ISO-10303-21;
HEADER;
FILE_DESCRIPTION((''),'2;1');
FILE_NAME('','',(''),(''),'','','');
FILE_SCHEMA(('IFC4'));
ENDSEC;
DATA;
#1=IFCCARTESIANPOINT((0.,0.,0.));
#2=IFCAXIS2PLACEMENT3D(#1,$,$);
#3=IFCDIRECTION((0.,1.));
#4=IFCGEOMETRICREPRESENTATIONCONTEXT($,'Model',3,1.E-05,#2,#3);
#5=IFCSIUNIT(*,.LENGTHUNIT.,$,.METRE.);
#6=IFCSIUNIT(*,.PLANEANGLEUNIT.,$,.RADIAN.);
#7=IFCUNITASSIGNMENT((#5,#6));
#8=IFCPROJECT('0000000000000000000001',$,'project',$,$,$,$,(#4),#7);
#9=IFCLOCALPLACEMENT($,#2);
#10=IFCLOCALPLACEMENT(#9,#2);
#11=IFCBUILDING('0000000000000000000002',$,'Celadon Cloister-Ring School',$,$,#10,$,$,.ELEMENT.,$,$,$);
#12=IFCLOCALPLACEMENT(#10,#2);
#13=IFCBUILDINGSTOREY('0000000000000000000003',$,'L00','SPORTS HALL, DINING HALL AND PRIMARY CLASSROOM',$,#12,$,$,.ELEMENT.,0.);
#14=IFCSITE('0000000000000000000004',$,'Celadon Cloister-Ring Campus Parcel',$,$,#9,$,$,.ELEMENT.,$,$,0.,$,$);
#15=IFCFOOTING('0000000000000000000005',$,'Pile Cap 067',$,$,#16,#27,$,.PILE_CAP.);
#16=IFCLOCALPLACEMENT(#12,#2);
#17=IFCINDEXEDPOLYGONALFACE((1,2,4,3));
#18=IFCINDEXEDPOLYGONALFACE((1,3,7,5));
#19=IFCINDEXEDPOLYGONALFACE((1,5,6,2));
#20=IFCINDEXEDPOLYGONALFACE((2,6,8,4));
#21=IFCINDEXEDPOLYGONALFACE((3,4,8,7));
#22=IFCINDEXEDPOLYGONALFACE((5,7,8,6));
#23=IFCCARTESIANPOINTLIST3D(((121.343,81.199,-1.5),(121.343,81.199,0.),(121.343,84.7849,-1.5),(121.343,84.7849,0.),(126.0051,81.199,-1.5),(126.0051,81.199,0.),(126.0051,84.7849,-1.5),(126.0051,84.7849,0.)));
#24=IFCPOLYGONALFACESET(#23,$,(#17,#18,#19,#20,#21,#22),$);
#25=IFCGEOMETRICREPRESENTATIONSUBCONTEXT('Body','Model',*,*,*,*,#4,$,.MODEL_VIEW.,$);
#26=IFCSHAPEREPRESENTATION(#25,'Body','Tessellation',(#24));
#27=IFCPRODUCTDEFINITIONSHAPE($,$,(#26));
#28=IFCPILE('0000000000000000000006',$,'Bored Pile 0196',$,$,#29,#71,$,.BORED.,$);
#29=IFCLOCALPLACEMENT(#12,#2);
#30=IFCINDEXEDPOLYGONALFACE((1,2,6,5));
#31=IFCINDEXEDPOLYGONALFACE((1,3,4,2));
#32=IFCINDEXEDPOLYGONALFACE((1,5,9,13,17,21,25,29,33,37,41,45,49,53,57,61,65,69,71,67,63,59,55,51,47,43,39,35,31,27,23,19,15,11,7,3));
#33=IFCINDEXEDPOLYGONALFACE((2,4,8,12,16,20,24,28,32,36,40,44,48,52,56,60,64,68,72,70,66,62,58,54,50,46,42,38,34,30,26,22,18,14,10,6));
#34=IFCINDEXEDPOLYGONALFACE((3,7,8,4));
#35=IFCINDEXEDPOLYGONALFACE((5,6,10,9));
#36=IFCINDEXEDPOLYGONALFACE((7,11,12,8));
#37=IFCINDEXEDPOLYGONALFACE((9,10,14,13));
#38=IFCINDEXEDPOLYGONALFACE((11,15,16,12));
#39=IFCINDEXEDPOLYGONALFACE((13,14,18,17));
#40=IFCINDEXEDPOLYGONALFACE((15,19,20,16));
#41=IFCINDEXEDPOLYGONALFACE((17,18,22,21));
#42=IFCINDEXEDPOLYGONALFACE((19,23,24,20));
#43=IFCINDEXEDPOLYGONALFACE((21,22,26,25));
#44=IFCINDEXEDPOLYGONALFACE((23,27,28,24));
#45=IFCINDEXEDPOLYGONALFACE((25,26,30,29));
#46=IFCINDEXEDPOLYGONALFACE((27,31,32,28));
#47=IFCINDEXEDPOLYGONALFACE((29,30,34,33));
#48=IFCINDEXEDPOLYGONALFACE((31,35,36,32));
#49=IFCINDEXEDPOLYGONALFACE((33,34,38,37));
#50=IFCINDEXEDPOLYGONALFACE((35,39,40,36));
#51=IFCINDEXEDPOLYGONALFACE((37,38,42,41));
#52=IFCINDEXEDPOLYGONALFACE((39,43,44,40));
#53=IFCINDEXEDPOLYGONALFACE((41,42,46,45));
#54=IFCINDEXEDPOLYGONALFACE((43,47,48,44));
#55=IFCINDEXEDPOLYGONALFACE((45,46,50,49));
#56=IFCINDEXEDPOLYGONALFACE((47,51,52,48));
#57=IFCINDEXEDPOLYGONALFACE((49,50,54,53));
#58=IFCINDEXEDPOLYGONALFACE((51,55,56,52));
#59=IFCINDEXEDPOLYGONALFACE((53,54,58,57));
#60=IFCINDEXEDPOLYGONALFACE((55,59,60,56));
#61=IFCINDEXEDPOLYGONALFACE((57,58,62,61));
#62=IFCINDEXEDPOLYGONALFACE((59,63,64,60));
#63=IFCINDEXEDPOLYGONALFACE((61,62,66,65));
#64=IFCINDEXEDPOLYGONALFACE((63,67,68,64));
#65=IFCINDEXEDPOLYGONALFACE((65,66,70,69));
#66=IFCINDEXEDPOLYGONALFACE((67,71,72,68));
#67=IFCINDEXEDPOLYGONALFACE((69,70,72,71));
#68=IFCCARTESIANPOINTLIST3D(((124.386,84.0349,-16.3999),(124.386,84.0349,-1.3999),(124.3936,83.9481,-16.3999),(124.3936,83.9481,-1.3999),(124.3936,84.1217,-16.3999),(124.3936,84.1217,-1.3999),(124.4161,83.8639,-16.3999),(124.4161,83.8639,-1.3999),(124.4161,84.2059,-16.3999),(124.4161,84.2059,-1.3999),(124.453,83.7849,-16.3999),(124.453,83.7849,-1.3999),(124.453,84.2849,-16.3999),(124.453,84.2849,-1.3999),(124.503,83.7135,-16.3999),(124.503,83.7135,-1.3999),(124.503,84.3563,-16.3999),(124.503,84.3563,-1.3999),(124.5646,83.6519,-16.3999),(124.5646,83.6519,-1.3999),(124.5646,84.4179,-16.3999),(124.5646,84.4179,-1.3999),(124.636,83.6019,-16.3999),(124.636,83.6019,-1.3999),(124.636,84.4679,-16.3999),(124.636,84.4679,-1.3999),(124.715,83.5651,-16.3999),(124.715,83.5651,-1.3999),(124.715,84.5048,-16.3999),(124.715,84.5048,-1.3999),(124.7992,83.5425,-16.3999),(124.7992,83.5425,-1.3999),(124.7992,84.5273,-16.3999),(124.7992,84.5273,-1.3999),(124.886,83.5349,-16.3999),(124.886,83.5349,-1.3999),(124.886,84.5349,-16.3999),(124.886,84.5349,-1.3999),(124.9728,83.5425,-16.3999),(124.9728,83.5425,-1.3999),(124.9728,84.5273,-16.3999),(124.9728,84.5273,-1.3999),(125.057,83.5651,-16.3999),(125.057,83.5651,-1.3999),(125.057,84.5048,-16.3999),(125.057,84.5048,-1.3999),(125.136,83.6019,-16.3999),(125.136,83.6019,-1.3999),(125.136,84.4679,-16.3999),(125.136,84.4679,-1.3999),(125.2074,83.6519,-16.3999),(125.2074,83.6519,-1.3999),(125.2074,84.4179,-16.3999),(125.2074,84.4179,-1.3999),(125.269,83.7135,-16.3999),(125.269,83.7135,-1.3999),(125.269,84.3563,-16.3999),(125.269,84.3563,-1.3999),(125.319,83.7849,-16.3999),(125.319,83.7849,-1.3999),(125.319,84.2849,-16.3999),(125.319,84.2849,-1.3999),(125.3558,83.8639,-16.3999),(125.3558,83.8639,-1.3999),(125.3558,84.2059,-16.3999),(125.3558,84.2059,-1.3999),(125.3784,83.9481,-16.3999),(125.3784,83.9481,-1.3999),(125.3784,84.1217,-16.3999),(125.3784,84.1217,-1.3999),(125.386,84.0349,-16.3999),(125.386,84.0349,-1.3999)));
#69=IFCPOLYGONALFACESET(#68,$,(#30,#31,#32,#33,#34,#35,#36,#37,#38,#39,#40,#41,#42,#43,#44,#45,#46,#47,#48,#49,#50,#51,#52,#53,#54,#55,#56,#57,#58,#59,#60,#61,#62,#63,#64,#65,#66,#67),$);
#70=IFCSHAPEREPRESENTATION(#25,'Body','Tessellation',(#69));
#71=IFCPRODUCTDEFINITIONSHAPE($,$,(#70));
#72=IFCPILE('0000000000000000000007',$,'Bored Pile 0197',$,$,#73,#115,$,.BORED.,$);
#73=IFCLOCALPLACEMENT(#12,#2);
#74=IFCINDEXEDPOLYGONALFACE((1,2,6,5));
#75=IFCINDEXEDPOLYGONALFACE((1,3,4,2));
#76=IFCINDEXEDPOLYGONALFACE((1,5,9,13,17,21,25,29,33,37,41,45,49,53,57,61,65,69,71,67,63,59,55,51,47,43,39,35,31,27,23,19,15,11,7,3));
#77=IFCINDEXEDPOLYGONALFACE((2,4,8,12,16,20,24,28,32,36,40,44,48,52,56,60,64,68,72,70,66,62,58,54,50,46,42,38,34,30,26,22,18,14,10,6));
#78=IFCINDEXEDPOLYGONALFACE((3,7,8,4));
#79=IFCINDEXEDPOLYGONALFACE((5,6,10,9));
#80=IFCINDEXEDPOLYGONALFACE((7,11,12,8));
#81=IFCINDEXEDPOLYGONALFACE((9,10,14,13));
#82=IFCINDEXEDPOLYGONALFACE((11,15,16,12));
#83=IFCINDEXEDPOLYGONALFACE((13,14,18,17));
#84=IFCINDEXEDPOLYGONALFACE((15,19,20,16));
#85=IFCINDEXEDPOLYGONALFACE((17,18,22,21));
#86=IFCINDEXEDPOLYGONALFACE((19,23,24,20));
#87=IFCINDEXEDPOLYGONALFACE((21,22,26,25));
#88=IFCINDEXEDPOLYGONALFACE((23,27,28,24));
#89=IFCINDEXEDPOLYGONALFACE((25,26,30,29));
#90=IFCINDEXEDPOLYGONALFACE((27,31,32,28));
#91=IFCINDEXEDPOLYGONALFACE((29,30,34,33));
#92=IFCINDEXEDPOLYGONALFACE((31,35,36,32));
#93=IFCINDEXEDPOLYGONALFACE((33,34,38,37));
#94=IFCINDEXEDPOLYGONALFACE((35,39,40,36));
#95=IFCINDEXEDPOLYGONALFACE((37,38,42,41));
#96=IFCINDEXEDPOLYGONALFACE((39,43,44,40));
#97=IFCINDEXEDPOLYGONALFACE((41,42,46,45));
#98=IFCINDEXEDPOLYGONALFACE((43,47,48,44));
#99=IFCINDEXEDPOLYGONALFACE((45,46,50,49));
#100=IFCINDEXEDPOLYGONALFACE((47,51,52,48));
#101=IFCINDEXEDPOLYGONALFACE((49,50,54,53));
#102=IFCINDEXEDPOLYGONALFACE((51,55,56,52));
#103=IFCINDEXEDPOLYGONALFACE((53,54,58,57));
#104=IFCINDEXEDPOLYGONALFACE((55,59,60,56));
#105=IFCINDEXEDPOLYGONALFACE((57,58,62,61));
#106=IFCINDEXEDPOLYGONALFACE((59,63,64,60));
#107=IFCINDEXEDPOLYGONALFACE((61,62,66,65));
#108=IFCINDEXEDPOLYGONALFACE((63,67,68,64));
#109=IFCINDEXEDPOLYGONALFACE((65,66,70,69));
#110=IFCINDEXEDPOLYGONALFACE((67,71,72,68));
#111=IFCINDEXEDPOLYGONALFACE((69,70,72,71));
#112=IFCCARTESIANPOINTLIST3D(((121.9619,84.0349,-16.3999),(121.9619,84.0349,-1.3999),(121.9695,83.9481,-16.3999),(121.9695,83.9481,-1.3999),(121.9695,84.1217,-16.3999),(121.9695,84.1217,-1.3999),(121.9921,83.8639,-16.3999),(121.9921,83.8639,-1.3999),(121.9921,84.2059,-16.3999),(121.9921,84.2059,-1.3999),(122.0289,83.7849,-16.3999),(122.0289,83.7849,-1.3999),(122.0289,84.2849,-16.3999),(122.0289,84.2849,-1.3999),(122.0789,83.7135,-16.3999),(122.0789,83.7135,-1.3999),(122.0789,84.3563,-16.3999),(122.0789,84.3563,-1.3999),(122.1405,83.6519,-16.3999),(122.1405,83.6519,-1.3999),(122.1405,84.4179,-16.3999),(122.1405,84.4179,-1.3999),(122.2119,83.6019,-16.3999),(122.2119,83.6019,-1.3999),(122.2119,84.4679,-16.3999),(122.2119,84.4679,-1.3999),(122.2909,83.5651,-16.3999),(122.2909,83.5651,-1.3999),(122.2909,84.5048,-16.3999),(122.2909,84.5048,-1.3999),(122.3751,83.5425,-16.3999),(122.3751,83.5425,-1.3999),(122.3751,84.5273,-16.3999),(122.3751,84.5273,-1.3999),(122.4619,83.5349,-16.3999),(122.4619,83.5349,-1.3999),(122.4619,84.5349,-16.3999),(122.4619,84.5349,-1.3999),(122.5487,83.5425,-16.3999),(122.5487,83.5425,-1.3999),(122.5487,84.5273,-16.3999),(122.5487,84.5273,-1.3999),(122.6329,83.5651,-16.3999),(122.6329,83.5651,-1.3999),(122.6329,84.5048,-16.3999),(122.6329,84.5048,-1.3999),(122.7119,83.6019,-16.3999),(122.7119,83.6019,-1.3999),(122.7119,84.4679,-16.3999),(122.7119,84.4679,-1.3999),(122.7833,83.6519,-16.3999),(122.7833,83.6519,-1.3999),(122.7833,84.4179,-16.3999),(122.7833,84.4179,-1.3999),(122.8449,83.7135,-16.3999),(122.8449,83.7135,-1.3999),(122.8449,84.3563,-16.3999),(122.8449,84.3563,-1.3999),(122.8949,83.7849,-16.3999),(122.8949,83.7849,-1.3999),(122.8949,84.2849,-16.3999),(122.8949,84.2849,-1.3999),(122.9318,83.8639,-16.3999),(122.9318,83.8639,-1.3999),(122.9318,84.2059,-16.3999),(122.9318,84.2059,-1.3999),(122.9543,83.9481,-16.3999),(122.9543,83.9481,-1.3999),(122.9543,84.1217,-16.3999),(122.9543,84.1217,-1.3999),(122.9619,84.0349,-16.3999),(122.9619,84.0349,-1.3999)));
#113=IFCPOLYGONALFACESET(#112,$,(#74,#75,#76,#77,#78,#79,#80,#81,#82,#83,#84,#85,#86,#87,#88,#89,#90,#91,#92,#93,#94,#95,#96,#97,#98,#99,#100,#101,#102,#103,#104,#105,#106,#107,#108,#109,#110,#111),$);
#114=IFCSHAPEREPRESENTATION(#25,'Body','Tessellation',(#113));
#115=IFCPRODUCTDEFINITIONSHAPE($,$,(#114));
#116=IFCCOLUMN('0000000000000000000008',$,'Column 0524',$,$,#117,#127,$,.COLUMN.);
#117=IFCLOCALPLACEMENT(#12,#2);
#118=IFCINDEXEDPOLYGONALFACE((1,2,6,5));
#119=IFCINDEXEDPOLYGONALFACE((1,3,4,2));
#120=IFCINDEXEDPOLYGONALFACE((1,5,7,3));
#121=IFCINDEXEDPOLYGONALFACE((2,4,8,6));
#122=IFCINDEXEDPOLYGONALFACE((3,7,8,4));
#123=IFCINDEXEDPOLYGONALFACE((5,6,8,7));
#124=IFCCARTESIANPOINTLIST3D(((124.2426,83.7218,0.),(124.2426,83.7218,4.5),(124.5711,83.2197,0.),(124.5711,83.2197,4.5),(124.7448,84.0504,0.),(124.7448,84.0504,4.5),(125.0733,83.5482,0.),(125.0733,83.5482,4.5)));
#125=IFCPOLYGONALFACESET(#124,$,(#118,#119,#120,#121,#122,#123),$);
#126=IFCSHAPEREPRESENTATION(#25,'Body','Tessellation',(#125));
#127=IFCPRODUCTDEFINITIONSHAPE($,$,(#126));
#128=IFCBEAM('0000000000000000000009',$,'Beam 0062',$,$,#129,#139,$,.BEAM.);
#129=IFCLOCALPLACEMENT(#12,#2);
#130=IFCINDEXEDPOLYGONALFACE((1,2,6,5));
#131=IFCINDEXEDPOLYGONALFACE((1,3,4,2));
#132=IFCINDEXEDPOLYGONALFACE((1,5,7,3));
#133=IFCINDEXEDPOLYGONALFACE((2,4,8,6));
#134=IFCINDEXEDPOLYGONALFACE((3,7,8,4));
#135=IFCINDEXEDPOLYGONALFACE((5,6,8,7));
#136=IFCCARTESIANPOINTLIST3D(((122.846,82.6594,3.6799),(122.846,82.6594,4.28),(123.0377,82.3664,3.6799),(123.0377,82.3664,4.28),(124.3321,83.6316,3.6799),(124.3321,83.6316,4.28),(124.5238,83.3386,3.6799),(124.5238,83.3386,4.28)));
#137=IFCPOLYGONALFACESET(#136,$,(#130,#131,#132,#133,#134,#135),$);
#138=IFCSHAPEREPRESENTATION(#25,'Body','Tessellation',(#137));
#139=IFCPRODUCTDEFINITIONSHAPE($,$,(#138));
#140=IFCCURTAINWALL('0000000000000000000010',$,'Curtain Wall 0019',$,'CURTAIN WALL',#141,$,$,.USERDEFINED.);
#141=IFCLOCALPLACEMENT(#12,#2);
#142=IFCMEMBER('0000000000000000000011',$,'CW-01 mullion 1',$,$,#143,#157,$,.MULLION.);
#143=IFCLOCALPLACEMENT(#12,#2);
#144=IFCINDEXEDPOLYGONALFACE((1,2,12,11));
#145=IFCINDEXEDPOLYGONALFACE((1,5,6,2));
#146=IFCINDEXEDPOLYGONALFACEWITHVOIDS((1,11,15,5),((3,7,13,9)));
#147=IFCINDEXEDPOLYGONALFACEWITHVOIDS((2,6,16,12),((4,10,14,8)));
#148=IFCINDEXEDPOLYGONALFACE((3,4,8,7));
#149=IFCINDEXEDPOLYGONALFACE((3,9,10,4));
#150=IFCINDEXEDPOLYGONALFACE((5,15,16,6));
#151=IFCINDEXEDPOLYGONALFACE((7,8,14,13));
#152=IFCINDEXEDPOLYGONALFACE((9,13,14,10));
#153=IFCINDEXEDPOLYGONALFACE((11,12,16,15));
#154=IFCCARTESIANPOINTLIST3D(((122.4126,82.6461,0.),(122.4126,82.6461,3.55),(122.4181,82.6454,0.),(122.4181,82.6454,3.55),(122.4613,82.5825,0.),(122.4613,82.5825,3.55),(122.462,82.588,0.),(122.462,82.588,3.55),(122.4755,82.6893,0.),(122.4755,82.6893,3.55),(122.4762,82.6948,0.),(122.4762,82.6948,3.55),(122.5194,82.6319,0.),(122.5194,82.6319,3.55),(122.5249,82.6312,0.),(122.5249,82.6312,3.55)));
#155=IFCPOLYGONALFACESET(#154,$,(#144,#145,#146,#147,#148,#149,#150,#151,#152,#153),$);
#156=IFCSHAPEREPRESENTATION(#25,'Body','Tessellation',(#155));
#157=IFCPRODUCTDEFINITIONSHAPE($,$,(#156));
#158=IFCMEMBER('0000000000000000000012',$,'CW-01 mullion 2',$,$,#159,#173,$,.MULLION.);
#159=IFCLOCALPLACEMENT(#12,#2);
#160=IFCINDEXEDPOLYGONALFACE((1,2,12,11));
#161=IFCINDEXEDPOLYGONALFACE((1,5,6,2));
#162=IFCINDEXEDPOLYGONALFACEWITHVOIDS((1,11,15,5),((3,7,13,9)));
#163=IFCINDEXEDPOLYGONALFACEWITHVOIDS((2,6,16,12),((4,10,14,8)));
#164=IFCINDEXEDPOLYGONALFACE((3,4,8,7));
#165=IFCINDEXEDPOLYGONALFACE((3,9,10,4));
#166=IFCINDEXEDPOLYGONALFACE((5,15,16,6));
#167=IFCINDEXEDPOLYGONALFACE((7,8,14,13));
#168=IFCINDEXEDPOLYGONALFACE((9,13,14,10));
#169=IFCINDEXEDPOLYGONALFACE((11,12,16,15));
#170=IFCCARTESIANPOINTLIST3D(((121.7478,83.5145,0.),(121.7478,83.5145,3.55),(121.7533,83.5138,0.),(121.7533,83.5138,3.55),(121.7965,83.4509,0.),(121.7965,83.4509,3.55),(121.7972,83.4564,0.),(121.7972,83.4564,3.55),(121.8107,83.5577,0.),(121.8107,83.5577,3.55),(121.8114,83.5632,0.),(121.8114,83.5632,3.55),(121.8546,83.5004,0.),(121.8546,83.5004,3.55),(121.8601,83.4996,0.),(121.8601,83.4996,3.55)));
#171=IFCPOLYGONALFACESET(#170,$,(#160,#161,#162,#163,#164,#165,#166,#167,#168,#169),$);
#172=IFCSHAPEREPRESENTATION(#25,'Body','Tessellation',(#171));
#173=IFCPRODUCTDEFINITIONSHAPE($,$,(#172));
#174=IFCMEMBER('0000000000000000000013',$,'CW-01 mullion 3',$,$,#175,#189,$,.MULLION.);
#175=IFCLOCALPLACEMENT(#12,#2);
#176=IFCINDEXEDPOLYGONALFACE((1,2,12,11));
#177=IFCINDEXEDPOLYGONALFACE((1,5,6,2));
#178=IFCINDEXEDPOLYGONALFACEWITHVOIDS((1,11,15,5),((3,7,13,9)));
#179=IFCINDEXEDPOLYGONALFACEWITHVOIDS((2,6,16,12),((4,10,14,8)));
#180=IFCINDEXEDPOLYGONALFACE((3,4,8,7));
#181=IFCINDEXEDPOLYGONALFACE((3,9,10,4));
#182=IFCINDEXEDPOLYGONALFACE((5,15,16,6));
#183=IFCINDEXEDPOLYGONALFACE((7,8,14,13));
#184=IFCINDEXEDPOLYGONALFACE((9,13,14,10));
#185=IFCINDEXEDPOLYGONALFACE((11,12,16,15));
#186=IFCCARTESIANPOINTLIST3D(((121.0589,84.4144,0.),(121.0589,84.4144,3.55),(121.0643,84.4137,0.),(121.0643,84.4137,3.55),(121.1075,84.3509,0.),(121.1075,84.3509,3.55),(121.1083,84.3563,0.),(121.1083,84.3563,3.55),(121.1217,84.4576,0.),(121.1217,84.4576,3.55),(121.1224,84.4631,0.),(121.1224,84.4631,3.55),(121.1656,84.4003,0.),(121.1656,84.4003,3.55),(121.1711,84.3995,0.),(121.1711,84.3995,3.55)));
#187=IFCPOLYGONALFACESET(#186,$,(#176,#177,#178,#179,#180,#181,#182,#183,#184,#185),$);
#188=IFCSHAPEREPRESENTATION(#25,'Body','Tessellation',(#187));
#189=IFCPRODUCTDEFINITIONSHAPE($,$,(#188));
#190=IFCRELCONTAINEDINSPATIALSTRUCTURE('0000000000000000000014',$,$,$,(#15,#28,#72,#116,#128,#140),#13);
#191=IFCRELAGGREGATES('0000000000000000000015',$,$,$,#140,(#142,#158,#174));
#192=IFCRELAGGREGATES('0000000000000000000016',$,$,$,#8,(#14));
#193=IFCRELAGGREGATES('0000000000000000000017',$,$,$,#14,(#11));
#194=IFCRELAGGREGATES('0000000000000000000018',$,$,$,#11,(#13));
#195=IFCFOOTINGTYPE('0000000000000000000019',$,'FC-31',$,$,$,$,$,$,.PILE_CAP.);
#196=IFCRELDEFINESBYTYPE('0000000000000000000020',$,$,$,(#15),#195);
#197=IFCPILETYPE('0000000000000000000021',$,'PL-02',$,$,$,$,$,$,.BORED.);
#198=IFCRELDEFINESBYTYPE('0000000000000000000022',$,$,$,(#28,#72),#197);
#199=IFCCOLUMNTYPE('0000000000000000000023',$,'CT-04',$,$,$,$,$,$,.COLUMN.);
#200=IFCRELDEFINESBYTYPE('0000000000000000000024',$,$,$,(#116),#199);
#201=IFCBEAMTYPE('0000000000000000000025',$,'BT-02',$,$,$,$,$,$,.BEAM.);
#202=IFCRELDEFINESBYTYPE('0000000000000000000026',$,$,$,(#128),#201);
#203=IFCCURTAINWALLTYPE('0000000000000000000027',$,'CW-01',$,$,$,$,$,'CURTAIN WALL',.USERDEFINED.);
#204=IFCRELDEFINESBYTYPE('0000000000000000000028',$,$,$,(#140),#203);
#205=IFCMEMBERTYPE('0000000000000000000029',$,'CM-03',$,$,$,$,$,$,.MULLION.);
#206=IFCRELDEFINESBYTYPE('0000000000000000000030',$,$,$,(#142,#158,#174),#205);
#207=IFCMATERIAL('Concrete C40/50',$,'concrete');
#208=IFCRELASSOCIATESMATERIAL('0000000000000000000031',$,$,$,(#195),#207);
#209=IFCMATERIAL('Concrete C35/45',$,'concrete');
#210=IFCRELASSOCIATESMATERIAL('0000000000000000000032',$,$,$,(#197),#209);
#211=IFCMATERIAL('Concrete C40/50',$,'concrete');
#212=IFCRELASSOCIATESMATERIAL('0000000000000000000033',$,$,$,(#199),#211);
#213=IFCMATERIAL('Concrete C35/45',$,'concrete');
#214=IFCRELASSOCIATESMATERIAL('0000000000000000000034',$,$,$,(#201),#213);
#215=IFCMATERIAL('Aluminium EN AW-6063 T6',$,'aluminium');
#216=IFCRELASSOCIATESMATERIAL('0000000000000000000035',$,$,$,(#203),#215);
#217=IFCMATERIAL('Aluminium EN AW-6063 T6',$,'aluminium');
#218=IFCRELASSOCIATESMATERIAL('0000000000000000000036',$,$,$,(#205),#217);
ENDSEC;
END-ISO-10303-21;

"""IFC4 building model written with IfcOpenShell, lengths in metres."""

from ifc_helpers import new_model, si_unit, direction, frame, origin, origin_2d, place, context, subcontext, project, spatial, rectangle, hollow_rectangle, circle, extrude, material, material_profile, profile_set, type_object, element, aggregate, save


model = new_model("IFC4")

# Units and contexts
model_context = context("Model", 3, precision=1e-05, world=origin(), true_north=direction((0.0, 1.0)))
body_context = subcontext(model_context, "Body", "Model", "MODEL_VIEW")
ifc_project = project(units=[si_unit("LENGTHUNIT", "METRE"), si_unit("PLANEANGLEUNIT", "RADIAN")], contexts=[model_context])

# Site, building, storey
site_placement = place(None, origin())
site = spatial("IfcSite", under=ifc_project, at=site_placement, Name="Celadon Cloister-Ring Campus Parcel", CompositionType="ELEMENT", RefElevation=0.0)
building_placement = place(site_placement, origin())
building = spatial("IfcBuilding", under=site, at=building_placement, Name="Celadon Cloister-Ring School", CompositionType="ELEMENT")
storey_placement = place(building_placement, origin())
storey = spatial("IfcBuildingStorey", under=building, at=storey_placement, Name="L00", Description="SPORTS HALL, DINING HALL AND PRIMARY CLASSROOM", CompositionType="ELEMENT", Elevation=0.0)

# Footing
ifc_material_1 = material(Name="Concrete C40/50", Category="concrete")
footing_type = type_object("IfcFootingType", Name="FC-31", PredefinedType="PILE_CAP", material=ifc_material_1)
footing_placement = place(storey_placement, frame((123.6741, 82.9919, -1.5), z_axis=(0.0, 0.0, 1.0), x_axis=(1.0, 0.0, 0.0)))
element("IfcFooting", 1, at=footing_placement, inside=storey, type_object=footing_type, Name="Pile Cap 067", PredefinedType="PILE_CAP", context=body_context, shape_type="SweptSolid", body=[
    extrude(rectangle(XDim=4.6621, YDim=3.5859, at=origin_2d()), origin(), (0.0, 0.0, 1.0), 1.5),
])

# Piles
ifc_material_2 = material(Name="Concrete C35/45", Category="concrete")
ifc_material_profile_1 = material_profile(ifc_material_2, circle(Radius=0.5, at=origin_2d()), Name="PILE1000")
ifc_profile_set_1 = profile_set([ifc_material_profile_1], Name="Concrete C35/45")
pile_type = type_object("IfcPileType", Name="PL-02", PredefinedType="BORED", material=ifc_profile_set_1)
for number, where, z_axis, x_axis, name in (
    (2, (124.886, 84.0349, -1.3999), (0.0, 0.0, -1.0), (1.0, 0.0, 0.0), "Bored Pile 0196"),
    (3, (122.4619, 84.0349, -1.3999), (0.0, 0.0, -1.0), (1.0, 0.0, 0.0), "Bored Pile 0197"),
):
    element("IfcPile", number, at=place(storey_placement, frame(where, z_axis=z_axis, x_axis=x_axis)), inside=storey, type_object=pile_type, Name=name, PredefinedType="BORED", context=body_context, shape_type="SweptSolid", body=[
        extrude(circle(Radius=0.5, at=origin_2d()), origin(), (0.0, 0.0, 1.0), 15.0),
    ])

# Column
ifc_material_3 = material(Name="Concrete C40/50", Category="concrete")
ifc_material_profile_2 = material_profile(ifc_material_3, rectangle(XDim=0.6001, YDim=0.6001, at=origin_2d()), Name="RC600X600")
ifc_profile_set_2 = profile_set([ifc_material_profile_2], Name="Concrete C40/50")
column_type = type_object("IfcColumnType", Name="CT-04", PredefinedType="COLUMN", material=ifc_profile_set_2)
column_placement = place(storey_placement, frame((124.658, 83.635, 0.0), z_axis=(0.0, 0.0, 1.0), x_axis=(0.836841, 0.547446, 0.0)))
element("IfcColumn", 4, at=column_placement, inside=storey, type_object=column_type, Name="Column 0524", PredefinedType="COLUMN", context=body_context, shape_type="SweptSolid", body=[
    extrude(rectangle(XDim=0.6001, YDim=0.6001, at=origin_2d()), origin(), (0.0, 0.0, 1.0), 4.5),
])

# Beam
ifc_material_4 = material(Name="Concrete C35/45", Category="concrete")
ifc_material_profile_3 = material_profile(ifc_material_4, rectangle(XDim=0.3501, YDim=0.6001, at=origin_2d()), Name="RC350X600")
ifc_profile_set_3 = profile_set([ifc_material_profile_3], Name="Concrete C35/45")
beam_type_1 = type_object("IfcBeamType", Name="BT-02", PredefinedType="BEAM", material=ifc_profile_set_3)
beam_1_placement = place(storey_placement, frame((124.428, 83.4851, 3.98), z_axis=(-0.836841, -0.547446, 0.0), x_axis=(0.547446, -0.836841, 0.0)))
element("IfcBeam", 5, at=beam_1_placement, inside=storey, type_object=beam_type_1, Name="Beam 0062", PredefinedType="BEAM", context=body_context, shape_type="SweptSolid", body=[
    extrude(rectangle(XDim=0.3501, YDim=0.6001, at=origin_2d()), origin(), (0.0, 0.0, 1.0), 1.7759),
])

# Curtain wall, members
ifc_material_5 = material(Name="Aluminium EN AW-6063 T6", Category="aluminium")
curtain_wall_type = type_object("IfcCurtainWallType", Name="CW-01", ElementType="CURTAIN WALL", PredefinedType="USERDEFINED", material=ifc_material_5)
curtain_wall_placement = place(storey_placement, origin())
curtain_wall = element("IfcCurtainWall", 6, at=curtain_wall_placement, inside=storey, type_object=curtain_wall_type, Name="Curtain Wall 0019", ObjectType="CURTAIN WALL", PredefinedType="USERDEFINED")
ifc_material_6 = material(Name="Aluminium EN AW-6063 T6", Category="aluminium")
ifc_material_profile_4 = material_profile(ifc_material_6, hollow_rectangle(XDim=0.0801, YDim=0.0801, WallThickness=0.0039, at=origin_2d()), Name="RHS80X80X4")
ifc_profile_set_4 = profile_set([ifc_material_profile_4], Name="Aluminium EN AW-6063 T6")
member_type_1 = type_object("IfcMemberType", Name="CM-03", PredefinedType="MULLION", material=ifc_profile_set_4)
member_1_placement = place(storey_placement, frame((122.4688, 82.6387, 0.0), z_axis=(0.0, 0.0, 1.0), x_axis=(-0.794032, -0.607876, 0.0)))
member_1 = element("IfcMember", 7, at=member_1_placement, type_object=member_type_1, Name="CW-01 mullion 1", PredefinedType="MULLION", context=body_context, shape_type="SweptSolid", body=[
    extrude(hollow_rectangle(XDim=0.0801, YDim=0.0801, WallThickness=0.0039, at=origin_2d()), origin(), (0.0, 0.0, 1.0), 3.55),
])
member_2_placement = place(storey_placement, frame((121.804, 83.5071, 0.0), z_axis=(0.0, 0.0, 1.0), x_axis=(-0.794032, -0.607876, 0.0)))
member_2 = element("IfcMember", 8, at=member_2_placement, type_object=member_type_1, Name="CW-01 mullion 2", PredefinedType="MULLION", context=body_context, shape_type="SweptSolid", body=[
    extrude(hollow_rectangle(XDim=0.0801, YDim=0.0801, WallThickness=0.0039, at=origin_2d()), origin(), (0.0, 0.0, 1.0), 3.55),
])
member_3_placement = place(storey_placement, frame((121.115, 84.407, 0.0), z_axis=(0.0, 0.0, 1.0), x_axis=(-0.794032, -0.607876, 0.0)))
member_3 = element("IfcMember", 9, at=member_3_placement, type_object=member_type_1, Name="CW-01 mullion 3", PredefinedType="MULLION", context=body_context, shape_type="SweptSolid", body=[
    extrude(hollow_rectangle(XDim=0.0801, YDim=0.0801, WallThickness=0.0039, at=origin_2d()), origin(), (0.0, 0.0, 1.0), 3.55),
])

aggregate(curtain_wall, [member_1, member_2, member_3])

save(model, "model.ifc")
